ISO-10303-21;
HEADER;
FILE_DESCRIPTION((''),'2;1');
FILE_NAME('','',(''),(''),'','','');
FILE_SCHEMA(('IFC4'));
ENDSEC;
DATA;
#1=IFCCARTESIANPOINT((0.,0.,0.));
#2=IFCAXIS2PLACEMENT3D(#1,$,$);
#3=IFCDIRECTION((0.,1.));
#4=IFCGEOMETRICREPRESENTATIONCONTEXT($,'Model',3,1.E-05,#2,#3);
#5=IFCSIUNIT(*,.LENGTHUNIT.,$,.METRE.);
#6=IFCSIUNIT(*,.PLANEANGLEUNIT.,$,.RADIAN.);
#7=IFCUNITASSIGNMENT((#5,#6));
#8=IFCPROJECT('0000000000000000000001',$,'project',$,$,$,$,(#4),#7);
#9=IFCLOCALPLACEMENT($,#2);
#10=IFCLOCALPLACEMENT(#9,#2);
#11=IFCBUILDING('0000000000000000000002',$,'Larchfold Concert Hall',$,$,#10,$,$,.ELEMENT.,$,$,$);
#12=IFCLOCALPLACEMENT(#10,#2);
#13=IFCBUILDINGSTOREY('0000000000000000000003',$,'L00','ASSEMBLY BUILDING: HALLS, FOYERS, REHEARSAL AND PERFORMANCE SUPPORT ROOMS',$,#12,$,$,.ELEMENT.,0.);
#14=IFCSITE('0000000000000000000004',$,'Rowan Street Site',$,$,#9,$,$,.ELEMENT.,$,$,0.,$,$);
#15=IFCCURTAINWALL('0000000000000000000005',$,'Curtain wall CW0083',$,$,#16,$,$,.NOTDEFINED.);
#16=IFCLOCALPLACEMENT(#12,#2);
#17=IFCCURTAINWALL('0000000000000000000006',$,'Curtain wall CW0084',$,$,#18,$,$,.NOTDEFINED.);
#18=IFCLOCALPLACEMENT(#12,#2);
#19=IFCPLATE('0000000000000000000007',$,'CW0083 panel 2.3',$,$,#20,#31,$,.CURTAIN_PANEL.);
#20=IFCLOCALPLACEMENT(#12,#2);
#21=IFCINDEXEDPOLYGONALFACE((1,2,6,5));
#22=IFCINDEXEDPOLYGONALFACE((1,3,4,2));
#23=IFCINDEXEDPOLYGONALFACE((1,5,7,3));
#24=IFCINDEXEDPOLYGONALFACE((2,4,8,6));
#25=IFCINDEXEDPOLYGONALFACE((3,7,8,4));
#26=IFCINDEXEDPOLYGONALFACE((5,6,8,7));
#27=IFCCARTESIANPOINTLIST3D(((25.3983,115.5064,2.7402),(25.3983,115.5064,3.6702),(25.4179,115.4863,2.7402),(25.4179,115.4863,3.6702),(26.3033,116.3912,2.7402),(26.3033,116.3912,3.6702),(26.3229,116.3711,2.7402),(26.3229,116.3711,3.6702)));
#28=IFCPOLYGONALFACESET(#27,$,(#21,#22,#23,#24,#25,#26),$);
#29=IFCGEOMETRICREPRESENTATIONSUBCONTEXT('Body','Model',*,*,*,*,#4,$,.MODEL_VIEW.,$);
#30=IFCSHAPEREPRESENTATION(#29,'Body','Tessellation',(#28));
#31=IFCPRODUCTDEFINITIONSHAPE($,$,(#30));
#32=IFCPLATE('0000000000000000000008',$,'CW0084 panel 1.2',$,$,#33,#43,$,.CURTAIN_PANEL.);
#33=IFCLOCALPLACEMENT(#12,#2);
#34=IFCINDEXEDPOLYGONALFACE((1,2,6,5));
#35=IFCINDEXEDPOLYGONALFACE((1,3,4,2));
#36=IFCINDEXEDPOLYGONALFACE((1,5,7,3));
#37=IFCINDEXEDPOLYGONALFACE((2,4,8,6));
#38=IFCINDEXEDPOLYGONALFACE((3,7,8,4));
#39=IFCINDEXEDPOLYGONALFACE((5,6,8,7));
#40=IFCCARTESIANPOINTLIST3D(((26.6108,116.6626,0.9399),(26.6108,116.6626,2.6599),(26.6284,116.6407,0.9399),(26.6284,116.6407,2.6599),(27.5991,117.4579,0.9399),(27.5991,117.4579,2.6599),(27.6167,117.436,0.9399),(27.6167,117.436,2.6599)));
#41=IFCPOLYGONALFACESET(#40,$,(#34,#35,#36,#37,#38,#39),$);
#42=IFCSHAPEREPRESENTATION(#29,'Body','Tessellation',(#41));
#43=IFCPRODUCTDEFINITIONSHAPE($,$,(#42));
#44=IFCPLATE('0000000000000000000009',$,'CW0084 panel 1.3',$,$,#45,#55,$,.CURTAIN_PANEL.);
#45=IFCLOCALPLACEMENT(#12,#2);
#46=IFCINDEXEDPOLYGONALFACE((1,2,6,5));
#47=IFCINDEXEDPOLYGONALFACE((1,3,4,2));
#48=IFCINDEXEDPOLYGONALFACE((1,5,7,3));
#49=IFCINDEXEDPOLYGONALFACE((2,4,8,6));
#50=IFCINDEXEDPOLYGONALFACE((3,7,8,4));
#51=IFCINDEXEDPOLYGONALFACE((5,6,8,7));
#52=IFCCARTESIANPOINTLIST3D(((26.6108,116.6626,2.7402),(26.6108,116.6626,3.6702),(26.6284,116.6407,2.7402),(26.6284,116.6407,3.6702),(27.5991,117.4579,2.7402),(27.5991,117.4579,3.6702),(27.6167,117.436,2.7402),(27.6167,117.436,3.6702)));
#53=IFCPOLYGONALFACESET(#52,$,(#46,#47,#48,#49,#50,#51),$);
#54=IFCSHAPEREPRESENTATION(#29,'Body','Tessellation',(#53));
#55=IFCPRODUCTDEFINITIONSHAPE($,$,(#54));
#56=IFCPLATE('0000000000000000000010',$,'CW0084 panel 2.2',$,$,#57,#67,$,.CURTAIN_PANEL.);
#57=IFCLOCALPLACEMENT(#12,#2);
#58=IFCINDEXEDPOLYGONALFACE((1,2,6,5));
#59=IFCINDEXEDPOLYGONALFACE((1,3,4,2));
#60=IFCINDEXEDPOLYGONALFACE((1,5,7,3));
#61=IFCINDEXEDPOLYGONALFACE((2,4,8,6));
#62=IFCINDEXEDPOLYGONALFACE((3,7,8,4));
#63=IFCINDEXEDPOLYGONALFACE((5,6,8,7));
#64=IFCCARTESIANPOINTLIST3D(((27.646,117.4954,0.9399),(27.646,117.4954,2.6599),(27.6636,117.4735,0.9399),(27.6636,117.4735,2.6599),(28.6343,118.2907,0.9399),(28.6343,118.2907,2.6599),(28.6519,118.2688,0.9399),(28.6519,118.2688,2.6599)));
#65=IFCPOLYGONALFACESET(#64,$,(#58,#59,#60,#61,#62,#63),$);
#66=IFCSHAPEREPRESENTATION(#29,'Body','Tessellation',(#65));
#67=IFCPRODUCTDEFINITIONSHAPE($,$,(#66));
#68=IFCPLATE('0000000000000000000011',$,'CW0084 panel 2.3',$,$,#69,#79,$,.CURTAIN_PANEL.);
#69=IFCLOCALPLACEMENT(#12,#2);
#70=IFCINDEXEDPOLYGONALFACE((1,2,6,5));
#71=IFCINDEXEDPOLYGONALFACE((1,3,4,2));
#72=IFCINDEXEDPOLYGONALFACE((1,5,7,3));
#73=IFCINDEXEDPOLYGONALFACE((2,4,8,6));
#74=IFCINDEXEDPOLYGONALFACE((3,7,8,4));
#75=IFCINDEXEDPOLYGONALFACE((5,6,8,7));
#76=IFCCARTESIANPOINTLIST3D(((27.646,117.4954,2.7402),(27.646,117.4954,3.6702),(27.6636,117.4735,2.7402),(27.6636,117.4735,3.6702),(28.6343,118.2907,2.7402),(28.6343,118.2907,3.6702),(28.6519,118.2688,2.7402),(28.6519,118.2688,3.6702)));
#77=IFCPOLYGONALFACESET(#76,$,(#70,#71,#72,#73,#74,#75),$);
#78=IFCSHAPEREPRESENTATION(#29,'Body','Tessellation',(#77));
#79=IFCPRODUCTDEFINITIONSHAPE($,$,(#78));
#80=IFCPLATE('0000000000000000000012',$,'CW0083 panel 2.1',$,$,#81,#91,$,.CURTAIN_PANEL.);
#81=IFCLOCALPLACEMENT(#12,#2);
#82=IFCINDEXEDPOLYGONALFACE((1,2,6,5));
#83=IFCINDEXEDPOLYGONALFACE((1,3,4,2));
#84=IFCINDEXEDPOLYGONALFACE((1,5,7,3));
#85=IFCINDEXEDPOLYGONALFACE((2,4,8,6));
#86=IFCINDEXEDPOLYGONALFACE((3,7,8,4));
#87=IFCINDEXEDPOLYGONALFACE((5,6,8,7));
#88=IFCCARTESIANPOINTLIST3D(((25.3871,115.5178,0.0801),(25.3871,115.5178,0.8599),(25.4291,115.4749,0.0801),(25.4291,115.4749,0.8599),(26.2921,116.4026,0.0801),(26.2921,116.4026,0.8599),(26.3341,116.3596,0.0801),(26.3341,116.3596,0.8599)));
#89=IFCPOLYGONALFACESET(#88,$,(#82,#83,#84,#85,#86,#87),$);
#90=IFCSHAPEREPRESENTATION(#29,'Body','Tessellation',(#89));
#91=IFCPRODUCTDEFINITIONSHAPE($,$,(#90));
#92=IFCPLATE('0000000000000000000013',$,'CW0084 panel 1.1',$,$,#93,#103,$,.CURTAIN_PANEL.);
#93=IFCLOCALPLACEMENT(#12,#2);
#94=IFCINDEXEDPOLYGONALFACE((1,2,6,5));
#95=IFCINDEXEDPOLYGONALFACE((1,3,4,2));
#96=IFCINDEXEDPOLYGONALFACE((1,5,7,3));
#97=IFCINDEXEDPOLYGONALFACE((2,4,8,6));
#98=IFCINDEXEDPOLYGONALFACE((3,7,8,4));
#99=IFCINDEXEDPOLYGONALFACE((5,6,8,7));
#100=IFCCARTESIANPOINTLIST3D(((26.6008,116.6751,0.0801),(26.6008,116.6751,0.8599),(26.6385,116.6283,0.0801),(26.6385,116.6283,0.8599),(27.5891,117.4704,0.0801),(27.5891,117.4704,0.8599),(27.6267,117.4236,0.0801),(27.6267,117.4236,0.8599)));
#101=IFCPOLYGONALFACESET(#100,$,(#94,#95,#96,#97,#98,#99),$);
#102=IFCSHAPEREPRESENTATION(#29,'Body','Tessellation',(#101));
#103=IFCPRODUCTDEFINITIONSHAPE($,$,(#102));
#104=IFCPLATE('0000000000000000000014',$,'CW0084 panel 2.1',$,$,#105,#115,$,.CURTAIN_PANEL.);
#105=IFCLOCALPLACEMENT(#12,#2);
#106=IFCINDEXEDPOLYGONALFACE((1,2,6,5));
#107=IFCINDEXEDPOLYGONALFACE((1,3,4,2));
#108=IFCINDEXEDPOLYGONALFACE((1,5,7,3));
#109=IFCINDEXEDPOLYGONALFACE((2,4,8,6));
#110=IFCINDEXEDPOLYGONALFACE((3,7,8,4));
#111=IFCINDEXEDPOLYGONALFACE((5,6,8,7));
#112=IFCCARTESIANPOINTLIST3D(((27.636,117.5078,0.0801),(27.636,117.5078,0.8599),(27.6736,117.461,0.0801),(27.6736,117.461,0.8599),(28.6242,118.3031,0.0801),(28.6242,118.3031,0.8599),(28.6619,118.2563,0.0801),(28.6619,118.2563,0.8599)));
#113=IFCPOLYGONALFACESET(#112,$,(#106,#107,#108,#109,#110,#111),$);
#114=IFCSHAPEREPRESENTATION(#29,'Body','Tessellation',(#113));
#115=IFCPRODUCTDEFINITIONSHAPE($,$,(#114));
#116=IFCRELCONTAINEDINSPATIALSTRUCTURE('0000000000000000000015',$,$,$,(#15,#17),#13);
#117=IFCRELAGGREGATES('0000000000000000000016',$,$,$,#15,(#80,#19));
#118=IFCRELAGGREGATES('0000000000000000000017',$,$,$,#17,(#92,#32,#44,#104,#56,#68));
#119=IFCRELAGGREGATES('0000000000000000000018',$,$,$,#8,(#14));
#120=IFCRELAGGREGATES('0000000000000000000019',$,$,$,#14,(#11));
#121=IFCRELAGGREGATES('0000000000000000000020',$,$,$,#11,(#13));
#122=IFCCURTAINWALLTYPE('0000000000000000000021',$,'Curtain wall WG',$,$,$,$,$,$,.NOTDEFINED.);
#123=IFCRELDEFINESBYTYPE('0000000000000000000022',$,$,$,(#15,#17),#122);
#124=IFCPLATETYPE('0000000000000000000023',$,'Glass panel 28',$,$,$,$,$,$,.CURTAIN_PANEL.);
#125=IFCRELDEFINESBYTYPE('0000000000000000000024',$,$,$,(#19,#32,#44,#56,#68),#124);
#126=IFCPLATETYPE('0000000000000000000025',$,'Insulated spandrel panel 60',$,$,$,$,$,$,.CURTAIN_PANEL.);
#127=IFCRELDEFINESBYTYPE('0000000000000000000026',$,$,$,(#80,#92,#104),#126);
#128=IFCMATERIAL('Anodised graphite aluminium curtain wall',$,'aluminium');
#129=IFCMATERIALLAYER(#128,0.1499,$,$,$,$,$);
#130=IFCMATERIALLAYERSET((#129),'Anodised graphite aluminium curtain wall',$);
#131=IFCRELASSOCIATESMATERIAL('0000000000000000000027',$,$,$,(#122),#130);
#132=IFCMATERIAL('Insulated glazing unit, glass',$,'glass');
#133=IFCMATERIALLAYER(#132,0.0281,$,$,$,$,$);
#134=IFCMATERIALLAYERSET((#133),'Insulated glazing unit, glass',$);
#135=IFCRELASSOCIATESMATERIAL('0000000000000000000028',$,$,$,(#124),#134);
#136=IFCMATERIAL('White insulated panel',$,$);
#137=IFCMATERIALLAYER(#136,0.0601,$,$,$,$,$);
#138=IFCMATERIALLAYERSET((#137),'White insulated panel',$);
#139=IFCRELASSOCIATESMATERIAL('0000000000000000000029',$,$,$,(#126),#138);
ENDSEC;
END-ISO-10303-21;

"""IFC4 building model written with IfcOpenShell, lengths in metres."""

from ifc_helpers import new_model, si_unit, direction, frame, origin, origin_2d, place, context, subcontext, project, spatial, rectangle, extrude, material, layer, layer_set, type_object, element, aggregate, save


model = new_model("IFC4")

# Units and contexts
model_context = context("Model", 3, precision=1e-05, world=origin(), true_north=direction((0.0, 1.0)))
body_context = subcontext(model_context, "Body", "Model", "MODEL_VIEW")
ifc_project = project(units=[si_unit("LENGTHUNIT", "METRE"), si_unit("PLANEANGLEUNIT", "RADIAN")], contexts=[model_context])

# Site, building, storey
site_placement = place(None, origin())
site = spatial("IfcSite", under=ifc_project, at=site_placement, Name="Rowan Street Site", CompositionType="ELEMENT", RefElevation=0.0)
building_placement = place(site_placement, origin())
building = spatial("IfcBuilding", under=site, at=building_placement, Name="Larchfold Concert Hall", CompositionType="ELEMENT")
storey_placement = place(building_placement, origin())
storey = spatial("IfcBuildingStorey", under=building, at=storey_placement, Name="L00", Description="ASSEMBLY BUILDING: HALLS, FOYERS, REHEARSAL AND PERFORMANCE SUPPORT ROOMS", CompositionType="ELEMENT", Elevation=0.0)

# Curtain walls
ifc_material_1 = material(Name="Anodised graphite aluminium curtain wall", Category="aluminium")
ifc_layer_1 = layer(ifc_material_1, 0.1499)
ifc_layer_set_1 = layer_set([ifc_layer_1], Name="Anodised graphite aluminium curtain wall")
curtain_wall_type = type_object("IfcCurtainWallType", Name="Curtain wall WG", PredefinedType="NOTDEFINED", material=ifc_layer_set_1)
curtain_wall_1_placement = place(storey_placement, origin())
curtain_wall_1 = element("IfcCurtainWall", 1, at=curtain_wall_1_placement, inside=storey, type_object=curtain_wall_type, Name="Curtain wall CW0083", PredefinedType="NOTDEFINED")
curtain_wall_2_placement = place(storey_placement, origin())
curtain_wall_2 = element("IfcCurtainWall", 2, at=curtain_wall_2_placement, inside=storey, type_object=curtain_wall_type, Name="Curtain wall CW0084", PredefinedType="NOTDEFINED")

# Plates
ifc_material_2 = material(Name="Insulated glazing unit, glass", Category="glass")
ifc_layer_2 = layer(ifc_material_2, 0.0281)
ifc_layer_set_2 = layer_set([ifc_layer_2], Name="Insulated glazing unit, glass")
plate_type_1 = type_object("IfcPlateType", Name="Glass panel 28", PredefinedType="CURTAIN_PANEL", material=ifc_layer_set_2)
plate_1_placement = place(storey_placement, frame((25.8606, 115.9387, 2.7402), z_axis=(0.0, 0.0, 1.0), x_axis=(0.715032, 0.699092, 0.0)))
plate_1 = element("IfcPlate", 3, at=plate_1_placement, type_object=plate_type_1, Name="CW0083 panel 2.3", PredefinedType="CURTAIN_PANEL", context=body_context, shape_type="SweptSolid", body=[
    extrude(rectangle(XDim=1.2656, YDim=0.0281, at=origin_2d()), origin(), (0.0, 0.0, 1.0), 0.9299),
])
plate_2_placement = place(storey_placement, frame((27.1138, 117.0493, 0.9399), z_axis=(0.0, 0.0, 1.0), x_axis=(0.779068, 0.626939, 0.0)))
plate_2 = element("IfcPlate", 4, at=plate_2_placement, type_object=plate_type_1, Name="CW0084 panel 1.2", PredefinedType="CURTAIN_PANEL", context=body_context, shape_type="SweptSolid", body=[
    extrude(rectangle(XDim=1.2686, YDim=0.0281, at=origin_2d()), origin(), (0.0, 0.0, 1.0), 1.72),
])
plate_3_placement = place(storey_placement, frame((27.1138, 117.0493, 2.7402), z_axis=(0.0, 0.0, 1.0), x_axis=(0.779068, 0.626939, 0.0)))
plate_3 = element("IfcPlate", 5, at=plate_3_placement, type_object=plate_type_1, Name="CW0084 panel 1.3", PredefinedType="CURTAIN_PANEL", context=body_context, shape_type="SweptSolid", body=[
    extrude(rectangle(XDim=1.2686, YDim=0.0281, at=origin_2d()), origin(), (0.0, 0.0, 1.0), 0.9299),
])
plate_4_placement = place(storey_placement, frame((28.1489, 117.8821, 0.9399), z_axis=(0.0, 0.0, 1.0), x_axis=(0.779068, 0.626939, 0.0)))
plate_4 = element("IfcPlate", 6, at=plate_4_placement, type_object=plate_type_1, Name="CW0084 panel 2.2", PredefinedType="CURTAIN_PANEL", context=body_context, shape_type="SweptSolid", body=[
    extrude(rectangle(XDim=1.2686, YDim=0.0281, at=origin_2d()), origin(), (0.0, 0.0, 1.0), 1.72),
])
plate_5_placement = place(storey_placement, frame((28.1489, 117.8821, 2.7402), z_axis=(0.0, 0.0, 1.0), x_axis=(0.779068, 0.626939, 0.0)))
plate_5 = element("IfcPlate", 7, at=plate_5_placement, type_object=plate_type_1, Name="CW0084 panel 2.3", PredefinedType="CURTAIN_PANEL", context=body_context, shape_type="SweptSolid", body=[
    extrude(rectangle(XDim=1.2686, YDim=0.0281, at=origin_2d()), origin(), (0.0, 0.0, 1.0), 0.9299),
])
ifc_material_3 = material(Name="White insulated panel")
ifc_layer_3 = layer(ifc_material_3, 0.0601)
ifc_layer_set_3 = layer_set([ifc_layer_3], Name="White insulated panel")
plate_type_2 = type_object("IfcPlateType", Name="Insulated spandrel panel 60", PredefinedType="CURTAIN_PANEL", material=ifc_layer_set_3)
plate_6_placement = place(storey_placement, frame((25.8606, 115.9387, 0.0801), z_axis=(0.0, 0.0, 1.0), x_axis=(0.715032, 0.699092, 0.0)))
plate_6 = element("IfcPlate", 8, at=plate_6_placement, type_object=plate_type_2, Name="CW0083 panel 2.1", PredefinedType="CURTAIN_PANEL", context=body_context, shape_type="SweptSolid", body=[
    extrude(rectangle(XDim=1.2656, YDim=0.0601, at=origin_2d()), origin(), (0.0, 0.0, 1.0), 0.7798),
])
aggregate(curtain_wall_1, [plate_6, plate_1])
plate_7_placement = place(storey_placement, frame((27.1138, 117.0493, 0.0801), z_axis=(0.0, 0.0, 1.0), x_axis=(0.779068, 0.626939, 0.0)))
plate_7 = element("IfcPlate", 9, at=plate_7_placement, type_object=plate_type_2, Name="CW0084 panel 1.1", PredefinedType="CURTAIN_PANEL", context=body_context, shape_type="SweptSolid", body=[
    extrude(rectangle(XDim=1.2686, YDim=0.0601, at=origin_2d()), origin(), (0.0, 0.0, 1.0), 0.7798),
])
plate_8_placement = place(storey_placement, frame((28.1489, 117.8821, 0.0801), z_axis=(0.0, 0.0, 1.0), x_axis=(0.779068, 0.626939, 0.0)))
plate_8 = element("IfcPlate", 10, at=plate_8_placement, type_object=plate_type_2, Name="CW0084 panel 2.1", PredefinedType="CURTAIN_PANEL", context=body_context, shape_type="SweptSolid", body=[
    extrude(rectangle(XDim=1.2686, YDim=0.0601, at=origin_2d()), origin(), (0.0, 0.0, 1.0), 0.7798),
])
aggregate(curtain_wall_2, [plate_7, plate_2, plate_3, plate_8, plate_4, plate_5])

save(model, "model.ifc")
